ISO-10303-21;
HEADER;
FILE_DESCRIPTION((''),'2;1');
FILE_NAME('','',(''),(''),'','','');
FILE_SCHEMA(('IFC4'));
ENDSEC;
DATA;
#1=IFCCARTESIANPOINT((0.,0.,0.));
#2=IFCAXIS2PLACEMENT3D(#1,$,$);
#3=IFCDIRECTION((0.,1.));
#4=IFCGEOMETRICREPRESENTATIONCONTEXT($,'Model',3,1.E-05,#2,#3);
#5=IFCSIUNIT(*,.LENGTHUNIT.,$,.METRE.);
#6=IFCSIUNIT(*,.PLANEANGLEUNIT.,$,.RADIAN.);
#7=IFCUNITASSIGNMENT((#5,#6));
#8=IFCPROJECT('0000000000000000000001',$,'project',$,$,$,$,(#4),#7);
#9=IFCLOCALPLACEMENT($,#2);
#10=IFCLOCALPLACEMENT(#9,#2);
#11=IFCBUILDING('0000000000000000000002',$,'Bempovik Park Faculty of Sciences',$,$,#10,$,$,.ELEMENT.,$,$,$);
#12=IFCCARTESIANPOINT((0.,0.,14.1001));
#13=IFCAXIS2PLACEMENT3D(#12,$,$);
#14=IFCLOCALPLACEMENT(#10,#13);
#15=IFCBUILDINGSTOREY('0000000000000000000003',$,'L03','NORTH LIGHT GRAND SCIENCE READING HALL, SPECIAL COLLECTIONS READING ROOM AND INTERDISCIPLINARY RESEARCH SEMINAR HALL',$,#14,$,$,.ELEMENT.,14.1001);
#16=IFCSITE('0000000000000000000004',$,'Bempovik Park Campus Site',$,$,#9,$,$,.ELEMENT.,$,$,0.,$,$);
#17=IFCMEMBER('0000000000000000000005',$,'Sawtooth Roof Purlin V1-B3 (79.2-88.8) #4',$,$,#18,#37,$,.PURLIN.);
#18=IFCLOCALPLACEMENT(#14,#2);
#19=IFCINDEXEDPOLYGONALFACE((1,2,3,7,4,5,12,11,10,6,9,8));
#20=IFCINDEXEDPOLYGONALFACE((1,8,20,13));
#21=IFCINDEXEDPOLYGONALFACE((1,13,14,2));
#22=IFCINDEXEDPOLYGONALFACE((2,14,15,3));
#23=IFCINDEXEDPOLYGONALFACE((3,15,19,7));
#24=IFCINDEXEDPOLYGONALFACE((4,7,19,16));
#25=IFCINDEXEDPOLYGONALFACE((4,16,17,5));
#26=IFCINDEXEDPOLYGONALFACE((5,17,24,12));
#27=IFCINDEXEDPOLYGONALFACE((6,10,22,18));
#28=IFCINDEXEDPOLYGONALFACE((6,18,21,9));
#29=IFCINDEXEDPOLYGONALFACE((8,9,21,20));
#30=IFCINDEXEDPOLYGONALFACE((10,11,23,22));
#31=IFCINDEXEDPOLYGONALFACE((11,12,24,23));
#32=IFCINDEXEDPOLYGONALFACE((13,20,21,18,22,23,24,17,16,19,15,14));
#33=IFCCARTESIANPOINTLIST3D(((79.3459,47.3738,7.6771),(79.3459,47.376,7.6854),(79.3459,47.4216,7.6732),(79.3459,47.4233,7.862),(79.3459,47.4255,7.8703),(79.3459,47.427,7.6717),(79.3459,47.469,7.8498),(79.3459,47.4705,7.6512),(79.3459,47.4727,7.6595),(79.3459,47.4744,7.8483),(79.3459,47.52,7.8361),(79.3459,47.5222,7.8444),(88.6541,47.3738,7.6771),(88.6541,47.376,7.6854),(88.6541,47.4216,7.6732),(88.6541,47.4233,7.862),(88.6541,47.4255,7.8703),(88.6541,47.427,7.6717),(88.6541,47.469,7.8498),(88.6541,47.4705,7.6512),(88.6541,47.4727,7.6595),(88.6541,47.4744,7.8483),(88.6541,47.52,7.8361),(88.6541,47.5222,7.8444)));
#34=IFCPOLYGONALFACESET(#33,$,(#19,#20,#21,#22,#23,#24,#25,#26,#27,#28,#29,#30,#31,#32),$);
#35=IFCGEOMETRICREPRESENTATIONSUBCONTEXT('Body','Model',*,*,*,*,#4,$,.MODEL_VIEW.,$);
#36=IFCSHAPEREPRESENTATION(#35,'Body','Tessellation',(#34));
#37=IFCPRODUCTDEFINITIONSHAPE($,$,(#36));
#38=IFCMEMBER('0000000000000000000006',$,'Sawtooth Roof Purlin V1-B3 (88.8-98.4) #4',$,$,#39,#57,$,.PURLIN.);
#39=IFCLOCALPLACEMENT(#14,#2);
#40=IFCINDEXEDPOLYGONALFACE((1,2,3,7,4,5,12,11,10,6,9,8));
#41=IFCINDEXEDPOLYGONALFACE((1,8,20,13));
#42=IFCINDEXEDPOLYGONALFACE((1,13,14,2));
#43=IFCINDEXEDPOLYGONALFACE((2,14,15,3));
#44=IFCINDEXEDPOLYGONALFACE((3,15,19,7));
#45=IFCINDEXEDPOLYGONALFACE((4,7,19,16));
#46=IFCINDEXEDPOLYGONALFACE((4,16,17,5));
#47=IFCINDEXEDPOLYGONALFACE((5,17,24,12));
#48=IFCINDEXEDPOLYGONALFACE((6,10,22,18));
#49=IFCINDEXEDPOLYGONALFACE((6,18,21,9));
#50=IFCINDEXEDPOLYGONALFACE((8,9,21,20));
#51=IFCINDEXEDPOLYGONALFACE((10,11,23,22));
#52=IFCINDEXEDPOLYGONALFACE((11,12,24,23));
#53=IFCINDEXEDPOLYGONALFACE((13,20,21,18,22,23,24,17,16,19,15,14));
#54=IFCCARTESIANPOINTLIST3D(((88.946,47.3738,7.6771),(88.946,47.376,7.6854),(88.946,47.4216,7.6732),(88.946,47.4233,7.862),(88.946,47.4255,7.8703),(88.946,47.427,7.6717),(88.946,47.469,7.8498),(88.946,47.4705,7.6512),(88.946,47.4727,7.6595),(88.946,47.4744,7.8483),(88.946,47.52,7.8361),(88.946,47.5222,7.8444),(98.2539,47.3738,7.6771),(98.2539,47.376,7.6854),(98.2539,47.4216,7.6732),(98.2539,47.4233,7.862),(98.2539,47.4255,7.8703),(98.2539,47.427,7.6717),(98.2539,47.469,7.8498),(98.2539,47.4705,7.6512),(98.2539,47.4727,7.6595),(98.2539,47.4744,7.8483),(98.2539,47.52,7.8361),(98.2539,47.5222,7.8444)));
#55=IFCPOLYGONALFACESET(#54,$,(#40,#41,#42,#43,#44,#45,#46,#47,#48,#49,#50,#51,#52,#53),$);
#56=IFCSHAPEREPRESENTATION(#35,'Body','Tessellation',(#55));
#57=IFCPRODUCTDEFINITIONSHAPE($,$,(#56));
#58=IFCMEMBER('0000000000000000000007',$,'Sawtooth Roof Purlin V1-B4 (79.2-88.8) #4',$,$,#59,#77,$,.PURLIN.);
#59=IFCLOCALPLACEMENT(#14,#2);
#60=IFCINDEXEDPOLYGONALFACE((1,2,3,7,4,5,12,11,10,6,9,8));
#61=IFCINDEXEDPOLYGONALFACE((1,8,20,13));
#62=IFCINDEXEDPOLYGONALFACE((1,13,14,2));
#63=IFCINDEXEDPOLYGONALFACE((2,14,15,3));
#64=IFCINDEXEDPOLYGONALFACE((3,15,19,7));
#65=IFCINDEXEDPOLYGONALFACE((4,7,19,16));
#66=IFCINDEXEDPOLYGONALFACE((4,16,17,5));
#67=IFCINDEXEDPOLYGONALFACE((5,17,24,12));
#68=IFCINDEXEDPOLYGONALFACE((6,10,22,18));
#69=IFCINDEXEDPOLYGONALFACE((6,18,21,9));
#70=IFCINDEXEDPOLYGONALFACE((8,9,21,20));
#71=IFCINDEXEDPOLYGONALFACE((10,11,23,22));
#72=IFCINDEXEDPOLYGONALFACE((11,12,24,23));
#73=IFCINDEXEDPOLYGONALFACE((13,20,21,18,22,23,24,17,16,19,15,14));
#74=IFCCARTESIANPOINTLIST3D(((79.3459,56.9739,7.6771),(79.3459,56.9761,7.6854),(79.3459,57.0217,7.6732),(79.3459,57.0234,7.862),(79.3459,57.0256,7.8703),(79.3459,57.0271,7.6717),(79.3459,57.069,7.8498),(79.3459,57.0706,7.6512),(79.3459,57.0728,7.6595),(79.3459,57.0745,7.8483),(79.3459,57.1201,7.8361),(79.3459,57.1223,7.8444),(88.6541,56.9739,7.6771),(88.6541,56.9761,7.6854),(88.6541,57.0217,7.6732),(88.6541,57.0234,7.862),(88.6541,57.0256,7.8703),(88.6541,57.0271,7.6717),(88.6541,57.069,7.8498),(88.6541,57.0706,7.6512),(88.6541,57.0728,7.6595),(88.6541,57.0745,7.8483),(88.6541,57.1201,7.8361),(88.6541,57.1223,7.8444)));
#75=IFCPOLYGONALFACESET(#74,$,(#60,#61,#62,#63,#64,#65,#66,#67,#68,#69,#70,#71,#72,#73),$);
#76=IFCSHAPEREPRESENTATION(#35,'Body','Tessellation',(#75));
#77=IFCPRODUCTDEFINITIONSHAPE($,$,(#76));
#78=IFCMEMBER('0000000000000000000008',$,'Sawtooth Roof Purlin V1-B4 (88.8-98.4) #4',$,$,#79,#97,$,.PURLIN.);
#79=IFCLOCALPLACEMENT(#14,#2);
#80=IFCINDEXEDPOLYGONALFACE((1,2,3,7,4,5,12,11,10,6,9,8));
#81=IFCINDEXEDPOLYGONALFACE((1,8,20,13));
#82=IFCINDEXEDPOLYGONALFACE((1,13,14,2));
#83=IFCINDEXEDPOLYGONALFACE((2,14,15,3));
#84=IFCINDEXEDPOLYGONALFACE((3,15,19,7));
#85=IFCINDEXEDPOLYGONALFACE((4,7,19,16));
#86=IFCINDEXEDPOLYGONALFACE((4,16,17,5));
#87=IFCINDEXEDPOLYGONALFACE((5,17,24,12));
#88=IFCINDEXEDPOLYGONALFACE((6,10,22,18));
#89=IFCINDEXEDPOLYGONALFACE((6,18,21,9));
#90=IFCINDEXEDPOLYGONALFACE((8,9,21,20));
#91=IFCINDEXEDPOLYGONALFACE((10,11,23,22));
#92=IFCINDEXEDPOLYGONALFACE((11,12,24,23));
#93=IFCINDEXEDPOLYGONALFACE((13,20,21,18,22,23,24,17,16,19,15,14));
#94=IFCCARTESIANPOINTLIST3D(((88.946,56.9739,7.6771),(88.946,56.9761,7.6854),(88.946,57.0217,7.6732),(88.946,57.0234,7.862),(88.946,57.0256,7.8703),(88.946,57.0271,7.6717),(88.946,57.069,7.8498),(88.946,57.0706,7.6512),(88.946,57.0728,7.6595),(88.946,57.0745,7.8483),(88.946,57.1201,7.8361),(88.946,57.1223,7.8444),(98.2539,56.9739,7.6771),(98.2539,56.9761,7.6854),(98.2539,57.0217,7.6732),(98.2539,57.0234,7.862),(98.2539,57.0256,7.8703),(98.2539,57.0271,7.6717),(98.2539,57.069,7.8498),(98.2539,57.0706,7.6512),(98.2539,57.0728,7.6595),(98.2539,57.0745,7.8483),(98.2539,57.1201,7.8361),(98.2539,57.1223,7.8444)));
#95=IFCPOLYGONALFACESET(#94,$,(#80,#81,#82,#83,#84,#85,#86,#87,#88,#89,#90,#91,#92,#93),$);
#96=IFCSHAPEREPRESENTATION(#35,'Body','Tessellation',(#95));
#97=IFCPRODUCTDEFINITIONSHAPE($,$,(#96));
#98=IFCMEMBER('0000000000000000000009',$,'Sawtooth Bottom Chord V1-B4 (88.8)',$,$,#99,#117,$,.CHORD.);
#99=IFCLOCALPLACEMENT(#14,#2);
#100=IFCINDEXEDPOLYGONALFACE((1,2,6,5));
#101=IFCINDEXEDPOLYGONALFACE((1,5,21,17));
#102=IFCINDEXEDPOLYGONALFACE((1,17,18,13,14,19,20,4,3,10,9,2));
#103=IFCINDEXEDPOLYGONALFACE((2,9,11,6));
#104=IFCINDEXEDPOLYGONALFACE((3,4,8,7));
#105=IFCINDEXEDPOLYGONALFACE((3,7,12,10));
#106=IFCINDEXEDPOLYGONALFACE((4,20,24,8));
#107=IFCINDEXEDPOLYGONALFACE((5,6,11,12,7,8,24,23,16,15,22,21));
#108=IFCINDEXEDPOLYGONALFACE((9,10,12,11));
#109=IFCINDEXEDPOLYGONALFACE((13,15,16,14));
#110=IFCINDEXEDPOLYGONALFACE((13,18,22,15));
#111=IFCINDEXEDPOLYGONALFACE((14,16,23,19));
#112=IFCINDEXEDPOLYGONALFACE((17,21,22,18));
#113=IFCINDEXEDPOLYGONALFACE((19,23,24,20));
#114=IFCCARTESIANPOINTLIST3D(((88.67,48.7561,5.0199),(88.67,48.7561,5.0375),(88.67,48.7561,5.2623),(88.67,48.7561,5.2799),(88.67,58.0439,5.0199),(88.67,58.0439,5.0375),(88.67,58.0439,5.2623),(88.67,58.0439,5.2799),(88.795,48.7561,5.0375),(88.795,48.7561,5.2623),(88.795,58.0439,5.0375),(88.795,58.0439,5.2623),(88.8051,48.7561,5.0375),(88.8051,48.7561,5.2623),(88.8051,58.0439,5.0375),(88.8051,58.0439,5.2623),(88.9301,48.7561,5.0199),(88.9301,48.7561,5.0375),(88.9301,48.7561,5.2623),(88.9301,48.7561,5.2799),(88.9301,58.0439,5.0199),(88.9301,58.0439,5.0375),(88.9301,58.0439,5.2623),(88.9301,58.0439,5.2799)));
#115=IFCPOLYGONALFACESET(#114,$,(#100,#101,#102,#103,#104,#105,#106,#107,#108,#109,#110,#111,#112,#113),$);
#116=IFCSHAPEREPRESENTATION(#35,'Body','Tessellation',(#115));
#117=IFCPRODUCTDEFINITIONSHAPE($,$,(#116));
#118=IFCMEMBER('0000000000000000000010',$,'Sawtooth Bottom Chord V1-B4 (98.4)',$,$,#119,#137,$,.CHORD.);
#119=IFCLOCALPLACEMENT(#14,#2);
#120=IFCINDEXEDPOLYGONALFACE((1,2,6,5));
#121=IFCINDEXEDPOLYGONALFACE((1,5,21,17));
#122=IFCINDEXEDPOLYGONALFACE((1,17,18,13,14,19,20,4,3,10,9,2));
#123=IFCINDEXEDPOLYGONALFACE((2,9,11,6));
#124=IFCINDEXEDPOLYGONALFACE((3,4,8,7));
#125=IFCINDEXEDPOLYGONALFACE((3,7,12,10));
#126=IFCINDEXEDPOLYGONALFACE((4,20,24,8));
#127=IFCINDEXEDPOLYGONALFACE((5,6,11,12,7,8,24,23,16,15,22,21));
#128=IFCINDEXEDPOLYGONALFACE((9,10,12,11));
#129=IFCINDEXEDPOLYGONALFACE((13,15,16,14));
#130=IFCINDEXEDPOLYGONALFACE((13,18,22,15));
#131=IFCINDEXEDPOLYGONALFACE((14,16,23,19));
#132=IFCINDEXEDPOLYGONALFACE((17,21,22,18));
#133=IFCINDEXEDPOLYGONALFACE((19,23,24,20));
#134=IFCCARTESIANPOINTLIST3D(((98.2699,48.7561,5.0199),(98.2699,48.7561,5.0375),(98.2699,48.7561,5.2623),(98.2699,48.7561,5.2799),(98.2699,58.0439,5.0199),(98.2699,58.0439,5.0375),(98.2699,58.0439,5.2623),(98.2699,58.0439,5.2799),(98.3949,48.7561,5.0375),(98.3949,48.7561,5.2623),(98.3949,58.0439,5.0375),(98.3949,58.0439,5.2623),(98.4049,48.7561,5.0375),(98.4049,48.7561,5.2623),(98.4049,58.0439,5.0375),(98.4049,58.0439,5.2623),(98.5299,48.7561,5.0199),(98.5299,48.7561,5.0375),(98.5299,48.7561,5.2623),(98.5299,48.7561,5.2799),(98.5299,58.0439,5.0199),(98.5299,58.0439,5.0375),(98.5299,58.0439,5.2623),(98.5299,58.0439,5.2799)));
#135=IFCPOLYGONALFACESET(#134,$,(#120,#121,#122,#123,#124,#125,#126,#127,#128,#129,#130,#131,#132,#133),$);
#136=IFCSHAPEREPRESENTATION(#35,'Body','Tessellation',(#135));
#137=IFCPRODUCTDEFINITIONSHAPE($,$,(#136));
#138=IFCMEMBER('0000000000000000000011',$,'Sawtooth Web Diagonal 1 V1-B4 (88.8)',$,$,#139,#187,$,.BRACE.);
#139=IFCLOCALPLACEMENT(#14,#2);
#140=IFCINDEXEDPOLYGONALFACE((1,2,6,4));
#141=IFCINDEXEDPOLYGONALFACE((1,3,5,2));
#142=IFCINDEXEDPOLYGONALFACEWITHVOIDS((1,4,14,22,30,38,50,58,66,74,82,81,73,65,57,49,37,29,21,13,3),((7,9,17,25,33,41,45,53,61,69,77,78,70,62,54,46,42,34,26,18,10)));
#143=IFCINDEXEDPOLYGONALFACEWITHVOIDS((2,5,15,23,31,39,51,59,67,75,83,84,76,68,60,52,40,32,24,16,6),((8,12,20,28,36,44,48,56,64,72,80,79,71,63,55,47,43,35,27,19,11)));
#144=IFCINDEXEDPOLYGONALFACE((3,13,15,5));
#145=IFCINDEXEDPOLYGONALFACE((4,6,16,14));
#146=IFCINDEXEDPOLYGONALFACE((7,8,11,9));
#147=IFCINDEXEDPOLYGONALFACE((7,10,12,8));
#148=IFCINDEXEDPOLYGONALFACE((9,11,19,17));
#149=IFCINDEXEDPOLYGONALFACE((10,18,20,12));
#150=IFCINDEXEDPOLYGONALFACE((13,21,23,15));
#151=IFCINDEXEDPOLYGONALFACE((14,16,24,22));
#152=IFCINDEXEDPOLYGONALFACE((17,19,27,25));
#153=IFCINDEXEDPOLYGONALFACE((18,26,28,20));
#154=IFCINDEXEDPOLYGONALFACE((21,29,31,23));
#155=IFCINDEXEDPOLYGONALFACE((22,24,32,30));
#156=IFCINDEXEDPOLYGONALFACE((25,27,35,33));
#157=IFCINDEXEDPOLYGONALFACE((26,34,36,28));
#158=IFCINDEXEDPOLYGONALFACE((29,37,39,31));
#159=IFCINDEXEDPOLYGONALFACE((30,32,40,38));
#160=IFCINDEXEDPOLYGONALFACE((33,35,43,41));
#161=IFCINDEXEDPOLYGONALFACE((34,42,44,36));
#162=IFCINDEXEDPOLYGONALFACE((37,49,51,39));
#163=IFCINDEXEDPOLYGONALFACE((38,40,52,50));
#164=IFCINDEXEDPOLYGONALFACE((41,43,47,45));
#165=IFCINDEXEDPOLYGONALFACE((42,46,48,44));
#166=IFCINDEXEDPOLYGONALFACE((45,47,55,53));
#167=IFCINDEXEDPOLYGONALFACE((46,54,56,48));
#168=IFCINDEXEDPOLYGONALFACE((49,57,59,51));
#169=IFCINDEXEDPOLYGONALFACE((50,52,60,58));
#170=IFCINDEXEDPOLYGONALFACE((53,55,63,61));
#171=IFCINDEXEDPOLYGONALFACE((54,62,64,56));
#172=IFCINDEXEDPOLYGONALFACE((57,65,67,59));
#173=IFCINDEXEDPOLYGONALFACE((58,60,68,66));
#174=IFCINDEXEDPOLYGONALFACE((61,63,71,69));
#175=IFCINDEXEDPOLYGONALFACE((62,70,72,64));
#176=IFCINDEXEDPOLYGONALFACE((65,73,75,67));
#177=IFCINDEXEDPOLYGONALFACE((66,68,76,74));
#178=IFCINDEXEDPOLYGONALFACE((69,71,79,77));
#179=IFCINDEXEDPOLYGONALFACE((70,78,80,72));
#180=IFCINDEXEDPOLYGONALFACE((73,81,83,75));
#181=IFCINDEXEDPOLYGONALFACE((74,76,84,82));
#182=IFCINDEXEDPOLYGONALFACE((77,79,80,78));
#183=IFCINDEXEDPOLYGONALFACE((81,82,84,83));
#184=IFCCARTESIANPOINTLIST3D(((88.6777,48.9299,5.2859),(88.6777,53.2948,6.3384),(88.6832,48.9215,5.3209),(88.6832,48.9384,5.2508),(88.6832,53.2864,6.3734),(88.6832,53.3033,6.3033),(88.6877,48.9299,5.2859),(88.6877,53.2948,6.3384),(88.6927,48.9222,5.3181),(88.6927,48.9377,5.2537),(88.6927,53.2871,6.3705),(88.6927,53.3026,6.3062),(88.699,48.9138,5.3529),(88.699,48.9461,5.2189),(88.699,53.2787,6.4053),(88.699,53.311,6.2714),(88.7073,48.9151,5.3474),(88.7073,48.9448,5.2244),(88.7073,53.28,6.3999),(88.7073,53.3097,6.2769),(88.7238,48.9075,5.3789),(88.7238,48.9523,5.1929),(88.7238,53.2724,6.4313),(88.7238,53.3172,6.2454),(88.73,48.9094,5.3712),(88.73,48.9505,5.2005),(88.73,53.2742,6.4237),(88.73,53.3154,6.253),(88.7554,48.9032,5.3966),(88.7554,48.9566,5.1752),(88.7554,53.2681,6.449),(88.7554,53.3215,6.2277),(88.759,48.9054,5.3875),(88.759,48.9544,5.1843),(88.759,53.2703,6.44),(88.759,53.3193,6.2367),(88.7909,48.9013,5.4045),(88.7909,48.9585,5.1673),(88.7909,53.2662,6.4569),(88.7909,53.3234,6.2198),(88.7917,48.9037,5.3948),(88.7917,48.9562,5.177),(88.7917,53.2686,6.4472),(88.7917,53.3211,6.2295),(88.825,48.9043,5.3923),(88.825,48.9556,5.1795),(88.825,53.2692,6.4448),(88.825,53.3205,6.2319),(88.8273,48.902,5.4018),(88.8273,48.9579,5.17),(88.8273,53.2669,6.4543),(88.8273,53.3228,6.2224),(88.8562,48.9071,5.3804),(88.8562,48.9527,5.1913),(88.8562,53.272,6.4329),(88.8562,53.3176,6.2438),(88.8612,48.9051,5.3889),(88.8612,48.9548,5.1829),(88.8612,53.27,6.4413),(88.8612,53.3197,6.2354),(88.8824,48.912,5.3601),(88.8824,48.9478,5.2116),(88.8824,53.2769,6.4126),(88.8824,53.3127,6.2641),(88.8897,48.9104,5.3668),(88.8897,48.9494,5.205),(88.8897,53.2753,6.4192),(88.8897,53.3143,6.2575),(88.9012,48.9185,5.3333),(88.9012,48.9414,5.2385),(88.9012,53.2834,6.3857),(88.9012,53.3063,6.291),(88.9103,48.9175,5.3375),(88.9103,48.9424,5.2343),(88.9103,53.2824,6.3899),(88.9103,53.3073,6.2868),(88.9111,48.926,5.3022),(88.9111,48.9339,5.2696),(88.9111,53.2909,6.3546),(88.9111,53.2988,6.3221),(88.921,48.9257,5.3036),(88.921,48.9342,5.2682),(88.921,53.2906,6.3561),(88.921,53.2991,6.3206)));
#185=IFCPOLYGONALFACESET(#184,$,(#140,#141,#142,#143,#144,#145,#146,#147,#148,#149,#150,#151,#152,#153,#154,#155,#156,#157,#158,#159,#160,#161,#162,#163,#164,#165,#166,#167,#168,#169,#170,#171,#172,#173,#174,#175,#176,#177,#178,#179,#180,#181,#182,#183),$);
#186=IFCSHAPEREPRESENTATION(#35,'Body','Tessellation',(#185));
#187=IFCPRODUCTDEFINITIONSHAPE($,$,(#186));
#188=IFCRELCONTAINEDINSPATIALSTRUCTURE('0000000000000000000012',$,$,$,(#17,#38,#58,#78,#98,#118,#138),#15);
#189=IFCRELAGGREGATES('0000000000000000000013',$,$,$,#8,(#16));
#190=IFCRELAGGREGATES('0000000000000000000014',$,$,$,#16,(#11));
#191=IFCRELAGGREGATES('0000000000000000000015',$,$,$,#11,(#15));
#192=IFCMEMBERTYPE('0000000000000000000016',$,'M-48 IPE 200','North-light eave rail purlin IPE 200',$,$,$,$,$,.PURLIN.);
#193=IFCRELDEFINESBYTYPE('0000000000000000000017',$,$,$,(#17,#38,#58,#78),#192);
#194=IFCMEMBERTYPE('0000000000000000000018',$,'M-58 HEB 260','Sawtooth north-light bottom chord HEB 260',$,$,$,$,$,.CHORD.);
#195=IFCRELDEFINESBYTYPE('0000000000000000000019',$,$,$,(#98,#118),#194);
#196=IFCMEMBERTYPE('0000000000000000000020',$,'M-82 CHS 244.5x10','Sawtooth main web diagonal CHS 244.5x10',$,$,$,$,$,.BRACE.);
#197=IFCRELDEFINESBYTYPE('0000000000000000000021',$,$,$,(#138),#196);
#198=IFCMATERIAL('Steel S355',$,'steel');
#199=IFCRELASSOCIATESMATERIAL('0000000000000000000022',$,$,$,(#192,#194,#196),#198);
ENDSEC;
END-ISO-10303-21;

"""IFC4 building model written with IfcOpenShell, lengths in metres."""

from ifc_helpers import new_model, si_unit, direction, frame, origin, origin_2d, place, context, subcontext, project, spatial, hollow_circle, i_section, extrude, material, material_profile, profile_set, type_object, element, save


model = new_model("IFC4")

# Units and contexts
model_context = context("Model", 3, precision=1e-05, world=origin(), true_north=direction((0.0, 1.0)))
body_context = subcontext(model_context, "Body", "Model", "MODEL_VIEW")
ifc_project = project(units=[si_unit("LENGTHUNIT", "METRE"), si_unit("PLANEANGLEUNIT", "RADIAN")], contexts=[model_context])

# Site, building, storey
site_placement = place(None, origin())
site = spatial("IfcSite", under=ifc_project, at=site_placement, Name="Bempovik Park Campus Site", CompositionType="ELEMENT", RefElevation=0.0)
building_placement = place(site_placement, origin())
building = spatial("IfcBuilding", under=site, at=building_placement, Name="Bempovik Park Faculty of Sciences", CompositionType="ELEMENT")
storey_placement = place(building_placement, frame((0.0, 0.0, 14.1001)))
storey = spatial("IfcBuildingStorey", under=building, at=storey_placement, Name="L03", Description="NORTH LIGHT GRAND SCIENCE READING HALL, SPECIAL COLLECTIONS READING ROOM AND INTERDISCIPLINARY RESEARCH SEMINAR HALL", CompositionType="ELEMENT", Elevation=14.1001)

# Shared definitions
ifc_material_1 = material(Name="Steel S355", Category="steel")

# Members
ifc_material_profile_1 = material_profile(ifc_material_1, i_section(OverallWidth=0.1001, OverallDepth=0.2, WebThickness=0.0056, FlangeThickness=0.0085, at=origin_2d()), Name="IPE 200")
ifc_profile_set_1 = profile_set([ifc_material_profile_1], Name="Steel S355")
member_type_1 = type_object("IfcMemberType", Name="M-48 IPE 200", Description="North-light eave rail purlin IPE 200", PredefinedType="PURLIN", material=ifc_profile_set_1)
member_1_placement = place(storey_placement, frame((79.3459, 47.448, 7.7607), z_axis=(1.0, 0.0, 0.0), x_axis=(0.0, 0.965926, -0.258819)))
element("IfcMember", 1, at=member_1_placement, inside=storey, type_object=member_type_1, Name="Sawtooth Roof Purlin V1-B3 (79.2-88.8) #4", PredefinedType="PURLIN", context=body_context, shape_type="SweptSolid", body=[
    extrude(i_section(OverallWidth=0.1001, OverallDepth=0.2, WebThickness=0.0056, FlangeThickness=0.0085, at=origin_2d()), origin(), (0.0, 0.0, 1.0), 9.3081),
])
member_2_placement = place(storey_placement, frame((88.946, 47.448, 7.7607), z_axis=(1.0, 0.0, 0.0), x_axis=(0.0, 0.965926, -0.258819)))
element("IfcMember", 2, at=member_2_placement, inside=storey, type_object=member_type_1, Name="Sawtooth Roof Purlin V1-B3 (88.8-98.4) #4", PredefinedType="PURLIN", context=body_context, shape_type="SweptSolid", body=[
    extrude(i_section(OverallWidth=0.1001, OverallDepth=0.2, WebThickness=0.0056, FlangeThickness=0.0085, at=origin_2d()), origin(), (0.0, 0.0, 1.0), 9.3079),
])
member_3_placement = place(storey_placement, frame((79.3459, 57.0481, 7.7607), z_axis=(1.0, 0.0, 0.0), x_axis=(0.0, 0.965926, -0.258819)))
element("IfcMember", 3, at=member_3_placement, inside=storey, type_object=member_type_1, Name="Sawtooth Roof Purlin V1-B4 (79.2-88.8) #4", PredefinedType="PURLIN", context=body_context, shape_type="SweptSolid", body=[
    extrude(i_section(OverallWidth=0.1001, OverallDepth=0.2, WebThickness=0.0056, FlangeThickness=0.0085, at=origin_2d()), origin(), (0.0, 0.0, 1.0), 9.3081),
])
member_4_placement = place(storey_placement, frame((88.946, 57.0481, 7.7607), z_axis=(1.0, 0.0, 0.0), x_axis=(0.0, 0.965926, -0.258819)))
element("IfcMember", 4, at=member_4_placement, inside=storey, type_object=member_type_1, Name="Sawtooth Roof Purlin V1-B4 (88.8-98.4) #4", PredefinedType="PURLIN", context=body_context, shape_type="SweptSolid", body=[
    extrude(i_section(OverallWidth=0.1001, OverallDepth=0.2, WebThickness=0.0056, FlangeThickness=0.0085, at=origin_2d()), origin(), (0.0, 0.0, 1.0), 9.3079),
])
ifc_material_profile_2 = material_profile(ifc_material_1, i_section(OverallWidth=0.26, OverallDepth=0.26, WebThickness=0.01, FlangeThickness=0.0176, at=origin_2d()), Name="HEB 260")
ifc_profile_set_2 = profile_set([ifc_material_profile_2], Name="Steel S355")
member_type_2 = type_object("IfcMemberType", Name="M-58 HEB 260", Description="Sawtooth north-light bottom chord HEB 260", PredefinedType="CHORD", material=ifc_profile_set_2)
for number, where, z_axis, x_axis, name in (
    (5, (88.8, 48.7561, 5.1499), (0.0, 1.0, 0.0), (-1.0, 0.0, 0.0), "Sawtooth Bottom Chord V1-B4 (88.8)"),
    (6, (98.3999, 48.7561, 5.1499), (0.0, 1.0, 0.0), (-1.0, 0.0, 0.0), "Sawtooth Bottom Chord V1-B4 (98.4)"),
):
    element("IfcMember", number, at=place(storey_placement, frame(where, z_axis=z_axis, x_axis=x_axis)), inside=storey, type_object=member_type_2, Name=name, PredefinedType="CHORD", context=body_context, shape_type="SweptSolid", body=[
        extrude(i_section(OverallWidth=0.26, OverallDepth=0.26, WebThickness=0.01, FlangeThickness=0.0176, at=origin_2d()), origin(), (0.0, 0.0, 1.0), 9.2878),
    ])
ifc_material_profile_3 = material_profile(ifc_material_1, hollow_circle(Radius=0.1223, WallThickness=0.01, at=origin_2d()), Name="CHS 244.5x10")
ifc_profile_set_3 = profile_set([ifc_material_profile_3], Name="Steel S355")
member_type_3 = type_object("IfcMemberType", Name="M-82 CHS 244.5x10", Description="Sawtooth main web diagonal CHS 244.5x10", PredefinedType="BRACE", material=ifc_profile_set_3)
member_5_placement = place(storey_placement, frame((88.8, 48.9299, 5.2859), z_axis=(0.0, 0.972139, 0.234403), x_axis=(-1.0, 0.0, 0.0)))
element("IfcMember", 7, at=member_5_placement, inside=storey, type_object=member_type_3, Name="Sawtooth Web Diagonal 1 V1-B4 (88.8)", PredefinedType="BRACE", context=body_context, shape_type="SweptSolid", body=[
    extrude(hollow_circle(Radius=0.1223, WallThickness=0.01, at=origin_2d()), origin(), (0.0, 0.0, 1.0), 4.49),
])

save(model, "model.ifc")
